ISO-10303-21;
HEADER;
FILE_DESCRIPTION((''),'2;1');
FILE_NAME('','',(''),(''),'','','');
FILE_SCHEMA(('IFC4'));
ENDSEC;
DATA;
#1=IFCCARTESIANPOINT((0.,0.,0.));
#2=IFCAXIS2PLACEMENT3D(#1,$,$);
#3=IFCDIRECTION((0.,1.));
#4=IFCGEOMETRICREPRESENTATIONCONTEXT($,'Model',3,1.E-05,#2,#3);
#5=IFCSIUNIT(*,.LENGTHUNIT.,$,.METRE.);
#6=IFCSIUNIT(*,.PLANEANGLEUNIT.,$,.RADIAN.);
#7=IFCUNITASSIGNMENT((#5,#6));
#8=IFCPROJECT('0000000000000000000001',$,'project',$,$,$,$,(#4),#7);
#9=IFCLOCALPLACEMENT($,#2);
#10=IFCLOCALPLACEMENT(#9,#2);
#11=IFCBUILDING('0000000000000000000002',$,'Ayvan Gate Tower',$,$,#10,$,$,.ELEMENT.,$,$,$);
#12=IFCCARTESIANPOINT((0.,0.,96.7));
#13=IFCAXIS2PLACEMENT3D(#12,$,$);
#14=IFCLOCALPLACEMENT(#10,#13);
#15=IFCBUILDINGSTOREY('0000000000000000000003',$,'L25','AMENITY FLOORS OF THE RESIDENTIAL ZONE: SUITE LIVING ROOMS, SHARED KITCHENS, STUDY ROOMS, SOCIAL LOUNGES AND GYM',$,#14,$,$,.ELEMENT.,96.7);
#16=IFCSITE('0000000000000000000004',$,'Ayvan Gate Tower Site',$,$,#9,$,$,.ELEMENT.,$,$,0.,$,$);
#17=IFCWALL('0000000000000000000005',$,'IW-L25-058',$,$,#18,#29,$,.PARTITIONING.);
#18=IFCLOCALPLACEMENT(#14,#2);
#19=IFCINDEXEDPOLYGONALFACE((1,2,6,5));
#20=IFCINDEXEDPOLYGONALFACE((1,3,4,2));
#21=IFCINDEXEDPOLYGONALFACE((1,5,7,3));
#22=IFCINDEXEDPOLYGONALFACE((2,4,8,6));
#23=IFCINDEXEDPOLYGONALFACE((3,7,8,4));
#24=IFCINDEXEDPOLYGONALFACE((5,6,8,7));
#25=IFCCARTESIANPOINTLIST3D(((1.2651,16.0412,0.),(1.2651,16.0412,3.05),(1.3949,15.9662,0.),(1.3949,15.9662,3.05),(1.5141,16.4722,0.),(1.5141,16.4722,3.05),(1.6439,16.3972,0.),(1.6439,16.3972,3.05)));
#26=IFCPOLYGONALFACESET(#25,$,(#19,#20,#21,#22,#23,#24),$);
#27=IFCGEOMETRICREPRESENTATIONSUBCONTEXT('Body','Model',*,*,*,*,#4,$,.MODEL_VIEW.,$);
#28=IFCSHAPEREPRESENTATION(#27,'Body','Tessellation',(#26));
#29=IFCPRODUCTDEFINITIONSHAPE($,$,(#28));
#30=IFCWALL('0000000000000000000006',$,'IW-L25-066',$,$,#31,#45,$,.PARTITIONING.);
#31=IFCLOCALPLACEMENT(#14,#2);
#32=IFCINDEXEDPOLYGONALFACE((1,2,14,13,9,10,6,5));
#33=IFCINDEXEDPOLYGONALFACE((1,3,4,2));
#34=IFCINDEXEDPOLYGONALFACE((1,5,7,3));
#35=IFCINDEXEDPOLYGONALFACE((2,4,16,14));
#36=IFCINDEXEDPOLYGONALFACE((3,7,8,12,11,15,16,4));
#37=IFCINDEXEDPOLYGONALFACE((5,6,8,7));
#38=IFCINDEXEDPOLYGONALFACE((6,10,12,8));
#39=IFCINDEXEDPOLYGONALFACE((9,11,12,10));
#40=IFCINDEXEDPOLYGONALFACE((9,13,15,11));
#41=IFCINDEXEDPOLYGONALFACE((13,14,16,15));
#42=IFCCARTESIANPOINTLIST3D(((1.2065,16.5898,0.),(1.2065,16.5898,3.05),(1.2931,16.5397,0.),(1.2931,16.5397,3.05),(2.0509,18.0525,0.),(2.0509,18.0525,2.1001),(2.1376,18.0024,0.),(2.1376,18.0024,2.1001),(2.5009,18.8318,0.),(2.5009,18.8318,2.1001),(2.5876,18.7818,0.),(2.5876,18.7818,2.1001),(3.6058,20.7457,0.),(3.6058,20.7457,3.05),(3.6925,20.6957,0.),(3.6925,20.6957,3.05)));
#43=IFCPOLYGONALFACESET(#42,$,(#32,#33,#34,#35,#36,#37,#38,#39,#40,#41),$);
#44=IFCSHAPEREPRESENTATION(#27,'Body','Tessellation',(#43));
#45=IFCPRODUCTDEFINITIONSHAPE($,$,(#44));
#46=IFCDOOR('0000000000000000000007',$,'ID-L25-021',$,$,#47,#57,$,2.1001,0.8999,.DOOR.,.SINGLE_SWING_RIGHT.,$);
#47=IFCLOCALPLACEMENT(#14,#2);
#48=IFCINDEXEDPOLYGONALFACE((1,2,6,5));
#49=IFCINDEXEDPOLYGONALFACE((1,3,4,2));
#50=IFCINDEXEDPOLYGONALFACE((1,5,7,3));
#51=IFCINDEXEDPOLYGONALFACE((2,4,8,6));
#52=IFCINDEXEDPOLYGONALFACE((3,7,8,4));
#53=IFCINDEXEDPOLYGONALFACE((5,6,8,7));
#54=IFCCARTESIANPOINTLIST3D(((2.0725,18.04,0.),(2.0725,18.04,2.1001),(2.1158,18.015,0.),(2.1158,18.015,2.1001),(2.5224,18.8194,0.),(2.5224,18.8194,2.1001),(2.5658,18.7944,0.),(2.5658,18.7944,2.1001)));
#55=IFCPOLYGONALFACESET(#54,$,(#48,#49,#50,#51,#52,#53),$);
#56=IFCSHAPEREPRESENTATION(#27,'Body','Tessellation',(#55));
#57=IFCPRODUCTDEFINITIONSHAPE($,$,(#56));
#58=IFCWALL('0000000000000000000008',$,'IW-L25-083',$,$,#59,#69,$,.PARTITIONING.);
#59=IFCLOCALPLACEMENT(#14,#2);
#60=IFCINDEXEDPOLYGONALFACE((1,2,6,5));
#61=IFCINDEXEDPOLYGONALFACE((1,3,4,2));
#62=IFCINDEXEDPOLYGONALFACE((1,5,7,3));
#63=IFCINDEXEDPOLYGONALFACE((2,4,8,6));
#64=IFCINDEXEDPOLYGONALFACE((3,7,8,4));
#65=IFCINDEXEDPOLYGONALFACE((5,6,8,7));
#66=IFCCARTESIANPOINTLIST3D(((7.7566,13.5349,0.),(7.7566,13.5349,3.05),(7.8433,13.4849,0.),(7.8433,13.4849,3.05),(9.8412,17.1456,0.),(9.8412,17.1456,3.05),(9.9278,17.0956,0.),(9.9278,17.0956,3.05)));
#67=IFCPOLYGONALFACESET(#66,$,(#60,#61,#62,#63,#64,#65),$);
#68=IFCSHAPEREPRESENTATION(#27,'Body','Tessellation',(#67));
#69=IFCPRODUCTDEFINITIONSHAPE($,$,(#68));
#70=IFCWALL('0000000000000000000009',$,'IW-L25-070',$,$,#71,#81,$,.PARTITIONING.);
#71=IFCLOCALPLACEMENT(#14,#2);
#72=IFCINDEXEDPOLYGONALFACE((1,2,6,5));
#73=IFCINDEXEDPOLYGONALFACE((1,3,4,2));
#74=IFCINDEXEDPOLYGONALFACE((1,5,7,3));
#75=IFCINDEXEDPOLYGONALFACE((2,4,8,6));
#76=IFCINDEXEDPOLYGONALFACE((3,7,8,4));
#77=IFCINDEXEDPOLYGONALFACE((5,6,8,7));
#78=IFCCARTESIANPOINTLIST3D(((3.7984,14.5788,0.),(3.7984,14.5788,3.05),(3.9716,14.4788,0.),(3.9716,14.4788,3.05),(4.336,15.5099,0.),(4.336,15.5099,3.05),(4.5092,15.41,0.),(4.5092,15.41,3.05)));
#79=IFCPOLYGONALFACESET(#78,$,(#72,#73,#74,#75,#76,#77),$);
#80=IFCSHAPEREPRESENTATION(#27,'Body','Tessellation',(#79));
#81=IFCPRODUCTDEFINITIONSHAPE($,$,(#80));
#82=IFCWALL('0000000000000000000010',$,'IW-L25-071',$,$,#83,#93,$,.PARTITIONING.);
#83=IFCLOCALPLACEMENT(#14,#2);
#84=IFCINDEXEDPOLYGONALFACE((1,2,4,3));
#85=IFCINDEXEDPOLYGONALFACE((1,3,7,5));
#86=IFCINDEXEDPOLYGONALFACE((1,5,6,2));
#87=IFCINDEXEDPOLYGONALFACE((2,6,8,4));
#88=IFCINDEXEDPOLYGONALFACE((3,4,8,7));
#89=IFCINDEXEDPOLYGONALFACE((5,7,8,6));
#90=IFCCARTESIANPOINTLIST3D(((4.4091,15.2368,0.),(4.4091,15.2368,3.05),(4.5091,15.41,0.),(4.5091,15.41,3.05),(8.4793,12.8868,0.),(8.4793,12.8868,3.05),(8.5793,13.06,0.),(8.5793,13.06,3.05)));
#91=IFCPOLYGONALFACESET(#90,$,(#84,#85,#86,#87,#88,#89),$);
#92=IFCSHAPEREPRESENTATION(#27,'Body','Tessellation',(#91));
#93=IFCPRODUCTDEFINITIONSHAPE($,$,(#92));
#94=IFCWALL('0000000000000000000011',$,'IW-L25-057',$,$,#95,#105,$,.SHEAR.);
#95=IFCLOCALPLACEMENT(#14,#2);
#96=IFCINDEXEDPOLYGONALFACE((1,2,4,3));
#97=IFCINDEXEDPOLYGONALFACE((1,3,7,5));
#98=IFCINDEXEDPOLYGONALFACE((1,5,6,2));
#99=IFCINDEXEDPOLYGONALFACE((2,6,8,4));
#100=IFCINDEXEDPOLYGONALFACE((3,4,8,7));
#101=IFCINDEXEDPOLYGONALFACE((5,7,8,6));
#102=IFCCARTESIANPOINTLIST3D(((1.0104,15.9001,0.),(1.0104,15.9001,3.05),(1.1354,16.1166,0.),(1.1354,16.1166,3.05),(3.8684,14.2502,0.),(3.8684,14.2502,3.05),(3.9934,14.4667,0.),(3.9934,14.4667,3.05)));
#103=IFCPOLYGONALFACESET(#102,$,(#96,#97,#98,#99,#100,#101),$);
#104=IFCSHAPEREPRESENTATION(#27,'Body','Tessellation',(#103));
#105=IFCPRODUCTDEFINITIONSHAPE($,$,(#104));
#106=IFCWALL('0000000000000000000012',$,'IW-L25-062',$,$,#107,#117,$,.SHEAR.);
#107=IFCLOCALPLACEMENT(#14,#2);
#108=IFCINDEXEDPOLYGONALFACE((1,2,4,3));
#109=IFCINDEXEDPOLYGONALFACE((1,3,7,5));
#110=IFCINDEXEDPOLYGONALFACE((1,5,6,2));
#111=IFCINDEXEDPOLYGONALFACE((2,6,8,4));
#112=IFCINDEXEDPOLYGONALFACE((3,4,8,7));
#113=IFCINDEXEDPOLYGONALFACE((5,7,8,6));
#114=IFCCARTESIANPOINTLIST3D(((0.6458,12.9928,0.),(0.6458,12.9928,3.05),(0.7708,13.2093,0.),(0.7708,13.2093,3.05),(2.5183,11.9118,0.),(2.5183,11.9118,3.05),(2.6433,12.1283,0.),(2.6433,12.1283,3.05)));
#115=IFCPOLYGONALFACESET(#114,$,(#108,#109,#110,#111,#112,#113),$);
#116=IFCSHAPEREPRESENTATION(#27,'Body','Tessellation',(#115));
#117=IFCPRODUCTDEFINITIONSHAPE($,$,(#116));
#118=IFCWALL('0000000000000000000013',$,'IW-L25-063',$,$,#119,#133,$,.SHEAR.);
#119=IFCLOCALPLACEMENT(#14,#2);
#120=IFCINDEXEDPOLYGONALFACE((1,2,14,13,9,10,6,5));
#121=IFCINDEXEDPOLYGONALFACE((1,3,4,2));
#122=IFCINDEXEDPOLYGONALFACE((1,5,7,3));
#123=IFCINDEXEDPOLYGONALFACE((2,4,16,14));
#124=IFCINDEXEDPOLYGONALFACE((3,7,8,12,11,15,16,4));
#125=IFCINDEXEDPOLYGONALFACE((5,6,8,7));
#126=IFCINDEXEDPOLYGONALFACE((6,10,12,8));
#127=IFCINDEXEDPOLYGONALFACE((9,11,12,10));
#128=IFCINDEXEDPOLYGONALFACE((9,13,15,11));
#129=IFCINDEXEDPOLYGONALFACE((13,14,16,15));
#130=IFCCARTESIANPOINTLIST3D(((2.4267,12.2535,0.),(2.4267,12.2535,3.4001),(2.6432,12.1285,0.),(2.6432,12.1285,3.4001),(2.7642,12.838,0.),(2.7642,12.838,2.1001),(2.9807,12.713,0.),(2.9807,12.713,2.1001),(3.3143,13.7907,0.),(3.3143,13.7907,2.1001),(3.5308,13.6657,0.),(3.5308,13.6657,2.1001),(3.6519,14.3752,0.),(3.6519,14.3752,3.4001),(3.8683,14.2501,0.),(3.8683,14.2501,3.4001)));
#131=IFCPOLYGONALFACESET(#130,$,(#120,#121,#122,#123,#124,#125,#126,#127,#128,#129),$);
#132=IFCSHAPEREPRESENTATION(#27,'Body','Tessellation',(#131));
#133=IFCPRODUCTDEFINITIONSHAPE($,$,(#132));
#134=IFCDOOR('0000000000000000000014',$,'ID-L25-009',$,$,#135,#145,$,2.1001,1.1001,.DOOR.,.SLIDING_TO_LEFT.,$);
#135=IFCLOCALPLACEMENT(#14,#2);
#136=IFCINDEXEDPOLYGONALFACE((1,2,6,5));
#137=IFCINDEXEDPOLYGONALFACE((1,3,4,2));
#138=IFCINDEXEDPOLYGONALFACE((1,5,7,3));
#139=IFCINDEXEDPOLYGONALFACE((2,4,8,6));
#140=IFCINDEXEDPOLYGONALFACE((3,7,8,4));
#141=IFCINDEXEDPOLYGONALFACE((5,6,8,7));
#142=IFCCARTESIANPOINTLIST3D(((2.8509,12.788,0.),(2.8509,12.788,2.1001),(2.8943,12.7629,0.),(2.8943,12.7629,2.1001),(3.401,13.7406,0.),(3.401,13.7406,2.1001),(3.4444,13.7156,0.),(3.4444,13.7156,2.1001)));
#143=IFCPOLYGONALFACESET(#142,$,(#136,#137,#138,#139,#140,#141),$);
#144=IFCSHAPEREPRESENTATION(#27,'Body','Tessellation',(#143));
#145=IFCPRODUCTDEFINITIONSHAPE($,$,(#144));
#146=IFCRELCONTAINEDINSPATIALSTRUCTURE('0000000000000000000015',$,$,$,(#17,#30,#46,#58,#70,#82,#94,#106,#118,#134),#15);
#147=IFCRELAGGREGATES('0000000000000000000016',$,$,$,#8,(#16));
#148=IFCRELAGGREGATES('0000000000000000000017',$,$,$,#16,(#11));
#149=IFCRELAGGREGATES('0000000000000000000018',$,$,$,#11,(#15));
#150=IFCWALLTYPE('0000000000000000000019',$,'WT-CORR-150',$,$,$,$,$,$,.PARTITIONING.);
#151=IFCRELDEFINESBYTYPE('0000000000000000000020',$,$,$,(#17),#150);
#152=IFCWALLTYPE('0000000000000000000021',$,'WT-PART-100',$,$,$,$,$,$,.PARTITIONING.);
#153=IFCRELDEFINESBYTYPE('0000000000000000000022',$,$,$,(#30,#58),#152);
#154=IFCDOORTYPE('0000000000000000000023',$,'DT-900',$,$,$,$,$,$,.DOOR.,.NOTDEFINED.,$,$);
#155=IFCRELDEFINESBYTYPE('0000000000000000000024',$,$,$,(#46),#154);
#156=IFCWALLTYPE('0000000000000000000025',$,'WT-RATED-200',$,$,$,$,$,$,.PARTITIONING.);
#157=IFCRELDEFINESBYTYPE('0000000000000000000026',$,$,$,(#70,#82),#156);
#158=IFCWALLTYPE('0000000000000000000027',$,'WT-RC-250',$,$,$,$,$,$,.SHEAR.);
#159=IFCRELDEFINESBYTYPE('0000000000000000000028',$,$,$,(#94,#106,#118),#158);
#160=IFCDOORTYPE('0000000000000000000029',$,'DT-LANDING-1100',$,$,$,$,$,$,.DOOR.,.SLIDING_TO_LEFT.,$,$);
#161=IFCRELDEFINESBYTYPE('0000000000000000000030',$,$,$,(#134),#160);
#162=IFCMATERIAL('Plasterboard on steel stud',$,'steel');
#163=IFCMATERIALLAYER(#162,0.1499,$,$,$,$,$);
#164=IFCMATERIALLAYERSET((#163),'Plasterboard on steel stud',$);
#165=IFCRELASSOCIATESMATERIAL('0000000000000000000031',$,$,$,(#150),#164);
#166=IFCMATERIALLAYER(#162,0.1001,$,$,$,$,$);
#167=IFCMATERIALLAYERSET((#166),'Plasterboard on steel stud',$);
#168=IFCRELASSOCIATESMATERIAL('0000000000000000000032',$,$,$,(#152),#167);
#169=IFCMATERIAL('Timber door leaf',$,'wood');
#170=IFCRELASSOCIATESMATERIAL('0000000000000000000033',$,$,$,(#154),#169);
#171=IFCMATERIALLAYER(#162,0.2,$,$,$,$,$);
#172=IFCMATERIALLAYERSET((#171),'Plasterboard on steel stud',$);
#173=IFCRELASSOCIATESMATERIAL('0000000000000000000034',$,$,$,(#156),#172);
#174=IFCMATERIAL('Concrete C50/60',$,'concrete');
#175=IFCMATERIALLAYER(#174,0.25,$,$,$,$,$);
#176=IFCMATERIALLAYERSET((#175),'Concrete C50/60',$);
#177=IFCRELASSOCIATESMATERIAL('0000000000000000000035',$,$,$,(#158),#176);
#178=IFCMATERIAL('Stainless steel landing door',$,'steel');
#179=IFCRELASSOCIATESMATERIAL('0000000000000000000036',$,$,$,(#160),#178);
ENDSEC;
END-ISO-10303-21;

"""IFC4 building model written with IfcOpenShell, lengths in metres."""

from ifc_helpers import new_model, si_unit, direction, frame, frame_2d, origin, place, context, subcontext, project, spatial, rectangle, extrude, material, layer, layer_set, type_object, element, fill, save


model = new_model("IFC4")

# Units and contexts
model_context = context("Model", 3, precision=1e-05, world=origin(), true_north=direction((0.0, 1.0)))
body_context = subcontext(model_context, "Body", "Model", "MODEL_VIEW")
ifc_project = project(units=[si_unit("LENGTHUNIT", "METRE"), si_unit("PLANEANGLEUNIT", "RADIAN")], contexts=[model_context])

# Site, building, storey
site_placement = place(None, origin())
site = spatial("IfcSite", under=ifc_project, at=site_placement, Name="Ayvan Gate Tower Site", CompositionType="ELEMENT", RefElevation=0.0)
building_placement = place(site_placement, origin())
building = spatial("IfcBuilding", under=site, at=building_placement, Name="Ayvan Gate Tower", CompositionType="ELEMENT")
storey_placement = place(building_placement, frame((0.0, 0.0, 96.7)))
storey = spatial("IfcBuildingStorey", under=building, at=storey_placement, Name="L25", Description="AMENITY FLOORS OF THE RESIDENTIAL ZONE: SUITE LIVING ROOMS, SHARED KITCHENS, STUDY ROOMS, SOCIAL LOUNGES AND GYM", CompositionType="ELEMENT", Elevation=96.7)

# Wall
ifc_material_1 = material(Name="Plasterboard on steel stud", Category="steel")
ifc_layer_1 = layer(ifc_material_1, 0.1499)
ifc_layer_set_1 = layer_set([ifc_layer_1], Name="Plasterboard on steel stud")
wall_type_1 = type_object("IfcWallType", Name="WT-CORR-150", PredefinedType="PARTITIONING", material=ifc_layer_set_1)
wall_1_placement = place(storey_placement, frame((1.5791, 16.4348, 0.0), z_axis=(0.0, 0.0, 1.0), x_axis=(-0.500359, -0.865818, 0.0)))
element("IfcWall", 1, at=wall_1_placement, inside=storey, type_object=wall_type_1, Name="IW-L25-058", PredefinedType="PARTITIONING", context=body_context, shape_type="SweptSolid", body=[
    extrude(rectangle(XDim=0.4978, YDim=0.1499, at=frame_2d((0.249, 0.0))), origin(), (0.0, 0.0, 1.0), 3.05),
])

# Wall, opening, door
ifc_layer_2 = layer(ifc_material_1, 0.1001)
ifc_layer_set_2 = layer_set([ifc_layer_2], Name="Plasterboard on steel stud")
wall_type_2 = type_object("IfcWallType", Name="WT-PART-100", PredefinedType="PARTITIONING", material=ifc_layer_set_2)
wall_2_placement = place(storey_placement, frame((3.6492, 20.7207, 0.0), z_axis=(0.0, 0.0, 1.0), x_axis=(-0.499991, -0.866031, 0.0)))
wall_2 = element("IfcWall", 2, at=wall_2_placement, inside=storey, type_object=wall_type_2, Name="IW-L25-066", PredefinedType="PARTITIONING", context=body_context, shape_type="SweptSolid", body=[
    extrude(rectangle(XDim=4.7988, YDim=0.1001, at=frame_2d((2.3994, 0.0))), origin(), (0.0, 0.0, 1.0), 3.05),
])
opening_1_placement = place(wall_2_placement, frame((2.21, 0.0, 0.0)))
opening_1 = element("IfcOpeningElement", 3, at=opening_1_placement, cuts=wall_2, PredefinedType="OPENING", context=body_context, shape_type="SweptSolid", body=[
    extrude(rectangle(XDim=0.8999, YDim=2.1001, at=frame_2d((0.45, 1.05))), frame((0.0, 0.0601, 0.0), z_axis=(0.0, -1.0, 0.0), x_axis=(1.0, 0.0, 0.0)), (0.0, 0.0, 1.0), 0.1201),
])
ifc_material_2 = material(Name="Timber door leaf", Category="wood")
door_type_1 = type_object("IfcDoorType", Name="DT-900", OperationType="NOTDEFINED", PredefinedType="DOOR", material=ifc_material_2)
door_1_placement = place(opening_1_placement, origin())
door_1 = element("IfcDoor", 4, at=door_1_placement, inside=storey, type_object=door_type_1, Name="ID-L25-021", OperationType="SINGLE_SWING_RIGHT", OverallHeight=2.1001, OverallWidth=0.8999, PredefinedType="DOOR", context=body_context, shape_type="SweptSolid", body=[
    extrude(rectangle(XDim=0.8999, YDim=2.1001, at=frame_2d((0.45, 1.05))), frame((0.0, 0.0249, 0.0), z_axis=(0.0, -1.0, 0.0), x_axis=(1.0, 0.0, 0.0)), (0.0, 0.0, 1.0), 0.05),
])
fill(opening_1, door_1)

# Walls
wall_3_placement = place(storey_placement, frame((7.8, 13.51, 0.0), z_axis=(0.0, 0.0, 1.0), x_axis=(0.499981, 0.866036, 0.0)))
element("IfcWall", 5, at=wall_3_placement, inside=storey, type_object=wall_type_2, Name="IW-L25-083", PredefinedType="PARTITIONING", context=body_context, shape_type="SweptSolid", body=[
    extrude(rectangle(XDim=4.1692, YDim=0.1001, at=frame_2d((2.0845, 0.0))), origin(), (0.0, 0.0, 1.0), 3.05),
])
ifc_layer_3 = layer(ifc_material_1, 0.2)
ifc_layer_set_3 = layer_set([ifc_layer_3], Name="Plasterboard on steel stud")
wall_type_3 = type_object("IfcWallType", Name="WT-RATED-200", PredefinedType="PARTITIONING", material=ifc_layer_set_3)
wall_4_placement = place(storey_placement, frame((3.885, 14.5288, 0.0), z_axis=(0.0, 0.0, 1.0), x_axis=(0.499998, 0.866027, 0.0)))
element("IfcWall", 6, at=wall_4_placement, inside=storey, type_object=wall_type_3, Name="IW-L25-070", PredefinedType="PARTITIONING", context=body_context, shape_type="SweptSolid", body=[
    extrude(rectangle(XDim=1.0752, YDim=0.2, at=frame_2d((0.5376, 0.0))), origin(), (0.0, 0.0, 1.0), 3.05),
])
wall_5_placement = place(storey_placement, frame((4.459, 15.3235, 0.0), z_axis=(0.0, 0.0, 1.0), x_axis=(0.866016, -0.500016, 0.0)))
element("IfcWall", 7, at=wall_5_placement, inside=storey, type_object=wall_type_3, Name="IW-L25-071", PredefinedType="PARTITIONING", context=body_context, shape_type="SweptSolid", body=[
    extrude(rectangle(XDim=4.7, YDim=0.2, at=frame_2d((2.3501, 0.0))), origin(), (0.0, 0.0, 1.0), 3.05),
])
ifc_material_3 = material(Name="Concrete C50/60", Category="concrete")
ifc_layer_4 = layer(ifc_material_3, 0.25)
ifc_layer_set_4 = layer_set([ifc_layer_4], Name="Concrete C50/60")
wall_type_4 = type_object("IfcWallType", Name="WT-RC-250", PredefinedType="SHEAR", material=ifc_layer_set_4)
wall_6_placement = place(storey_placement, frame((1.073, 16.0083, 0.0), z_axis=(0.0, 0.0, 1.0), x_axis=(0.86604, -0.499974, 0.0)))
element("IfcWall", 8, at=wall_6_placement, inside=storey, type_object=wall_type_4, Name="IW-L25-057", PredefinedType="SHEAR", context=body_context, shape_type="SweptSolid", body=[
    extrude(rectangle(XDim=3.3, YDim=0.25, at=frame_2d((1.6499, 0.0))), origin(), (0.0, 0.0, 1.0), 3.05),
])
wall_7_placement = place(storey_placement, frame((2.5808, 12.02, 0.0), z_axis=(0.0, 0.0, 1.0), x_axis=(-0.866039, 0.499977, 0.0)))
element("IfcWall", 9, at=wall_7_placement, inside=storey, type_object=wall_type_4, Name="IW-L25-062", PredefinedType="SHEAR", context=body_context, shape_type="SweptSolid", body=[
    extrude(rectangle(XDim=2.1621, YDim=0.25, at=frame_2d((1.0811, 0.0))), origin(), (0.0, 0.0, 1.0), 3.05),
])

# Wall, opening, door
wall_8_placement = place(storey_placement, frame((2.5349, 12.1909, 0.0), z_axis=(0.0, 0.0, 1.0), x_axis=(0.500062, 0.86599, 0.0)))
wall_8 = element("IfcWall", 10, at=wall_8_placement, inside=storey, type_object=wall_type_4, Name="IW-L25-063", PredefinedType="SHEAR", context=body_context, shape_type="SweptSolid", body=[
    extrude(rectangle(XDim=2.45, YDim=0.25, at=frame_2d((1.2251, 0.0))), origin(), (0.0, 0.0, 1.0), 3.4001),
])
opening_2_placement = place(wall_8_placement, frame((0.675, 0.0, 0.0)))
opening_2 = element("IfcOpeningElement", 11, at=opening_2_placement, cuts=wall_8, PredefinedType="OPENING", context=body_context, shape_type="SweptSolid", body=[
    extrude(rectangle(XDim=1.1001, YDim=2.1001, at=frame_2d((0.55, 1.05))), frame((0.0, 0.135, 0.0), z_axis=(0.0, -1.0, 0.0), x_axis=(1.0, 0.0, 0.0)), (0.0, 0.0, 1.0), 0.27),
])
ifc_material_4 = material(Name="Stainless steel landing door", Category="steel")
door_type_2 = type_object("IfcDoorType", Name="DT-LANDING-1100", OperationType="SLIDING_TO_LEFT", PredefinedType="DOOR", material=ifc_material_4)
door_2_placement = place(opening_2_placement, origin())
door_2 = element("IfcDoor", 12, at=door_2_placement, inside=storey, type_object=door_type_2, Name="ID-L25-009", OperationType="SLIDING_TO_LEFT", OverallHeight=2.1001, OverallWidth=1.1001, PredefinedType="DOOR", context=body_context, shape_type="SweptSolid", body=[
    extrude(rectangle(XDim=1.1001, YDim=2.1001, at=frame_2d((0.55, 1.05))), frame((0.0, 0.0249, 0.0), z_axis=(0.0, -1.0, 0.0), x_axis=(1.0, 0.0, 0.0)), (0.0, 0.0, 1.0), 0.05),
])
fill(opening_2, door_2)

save(model, "model.ifc")
